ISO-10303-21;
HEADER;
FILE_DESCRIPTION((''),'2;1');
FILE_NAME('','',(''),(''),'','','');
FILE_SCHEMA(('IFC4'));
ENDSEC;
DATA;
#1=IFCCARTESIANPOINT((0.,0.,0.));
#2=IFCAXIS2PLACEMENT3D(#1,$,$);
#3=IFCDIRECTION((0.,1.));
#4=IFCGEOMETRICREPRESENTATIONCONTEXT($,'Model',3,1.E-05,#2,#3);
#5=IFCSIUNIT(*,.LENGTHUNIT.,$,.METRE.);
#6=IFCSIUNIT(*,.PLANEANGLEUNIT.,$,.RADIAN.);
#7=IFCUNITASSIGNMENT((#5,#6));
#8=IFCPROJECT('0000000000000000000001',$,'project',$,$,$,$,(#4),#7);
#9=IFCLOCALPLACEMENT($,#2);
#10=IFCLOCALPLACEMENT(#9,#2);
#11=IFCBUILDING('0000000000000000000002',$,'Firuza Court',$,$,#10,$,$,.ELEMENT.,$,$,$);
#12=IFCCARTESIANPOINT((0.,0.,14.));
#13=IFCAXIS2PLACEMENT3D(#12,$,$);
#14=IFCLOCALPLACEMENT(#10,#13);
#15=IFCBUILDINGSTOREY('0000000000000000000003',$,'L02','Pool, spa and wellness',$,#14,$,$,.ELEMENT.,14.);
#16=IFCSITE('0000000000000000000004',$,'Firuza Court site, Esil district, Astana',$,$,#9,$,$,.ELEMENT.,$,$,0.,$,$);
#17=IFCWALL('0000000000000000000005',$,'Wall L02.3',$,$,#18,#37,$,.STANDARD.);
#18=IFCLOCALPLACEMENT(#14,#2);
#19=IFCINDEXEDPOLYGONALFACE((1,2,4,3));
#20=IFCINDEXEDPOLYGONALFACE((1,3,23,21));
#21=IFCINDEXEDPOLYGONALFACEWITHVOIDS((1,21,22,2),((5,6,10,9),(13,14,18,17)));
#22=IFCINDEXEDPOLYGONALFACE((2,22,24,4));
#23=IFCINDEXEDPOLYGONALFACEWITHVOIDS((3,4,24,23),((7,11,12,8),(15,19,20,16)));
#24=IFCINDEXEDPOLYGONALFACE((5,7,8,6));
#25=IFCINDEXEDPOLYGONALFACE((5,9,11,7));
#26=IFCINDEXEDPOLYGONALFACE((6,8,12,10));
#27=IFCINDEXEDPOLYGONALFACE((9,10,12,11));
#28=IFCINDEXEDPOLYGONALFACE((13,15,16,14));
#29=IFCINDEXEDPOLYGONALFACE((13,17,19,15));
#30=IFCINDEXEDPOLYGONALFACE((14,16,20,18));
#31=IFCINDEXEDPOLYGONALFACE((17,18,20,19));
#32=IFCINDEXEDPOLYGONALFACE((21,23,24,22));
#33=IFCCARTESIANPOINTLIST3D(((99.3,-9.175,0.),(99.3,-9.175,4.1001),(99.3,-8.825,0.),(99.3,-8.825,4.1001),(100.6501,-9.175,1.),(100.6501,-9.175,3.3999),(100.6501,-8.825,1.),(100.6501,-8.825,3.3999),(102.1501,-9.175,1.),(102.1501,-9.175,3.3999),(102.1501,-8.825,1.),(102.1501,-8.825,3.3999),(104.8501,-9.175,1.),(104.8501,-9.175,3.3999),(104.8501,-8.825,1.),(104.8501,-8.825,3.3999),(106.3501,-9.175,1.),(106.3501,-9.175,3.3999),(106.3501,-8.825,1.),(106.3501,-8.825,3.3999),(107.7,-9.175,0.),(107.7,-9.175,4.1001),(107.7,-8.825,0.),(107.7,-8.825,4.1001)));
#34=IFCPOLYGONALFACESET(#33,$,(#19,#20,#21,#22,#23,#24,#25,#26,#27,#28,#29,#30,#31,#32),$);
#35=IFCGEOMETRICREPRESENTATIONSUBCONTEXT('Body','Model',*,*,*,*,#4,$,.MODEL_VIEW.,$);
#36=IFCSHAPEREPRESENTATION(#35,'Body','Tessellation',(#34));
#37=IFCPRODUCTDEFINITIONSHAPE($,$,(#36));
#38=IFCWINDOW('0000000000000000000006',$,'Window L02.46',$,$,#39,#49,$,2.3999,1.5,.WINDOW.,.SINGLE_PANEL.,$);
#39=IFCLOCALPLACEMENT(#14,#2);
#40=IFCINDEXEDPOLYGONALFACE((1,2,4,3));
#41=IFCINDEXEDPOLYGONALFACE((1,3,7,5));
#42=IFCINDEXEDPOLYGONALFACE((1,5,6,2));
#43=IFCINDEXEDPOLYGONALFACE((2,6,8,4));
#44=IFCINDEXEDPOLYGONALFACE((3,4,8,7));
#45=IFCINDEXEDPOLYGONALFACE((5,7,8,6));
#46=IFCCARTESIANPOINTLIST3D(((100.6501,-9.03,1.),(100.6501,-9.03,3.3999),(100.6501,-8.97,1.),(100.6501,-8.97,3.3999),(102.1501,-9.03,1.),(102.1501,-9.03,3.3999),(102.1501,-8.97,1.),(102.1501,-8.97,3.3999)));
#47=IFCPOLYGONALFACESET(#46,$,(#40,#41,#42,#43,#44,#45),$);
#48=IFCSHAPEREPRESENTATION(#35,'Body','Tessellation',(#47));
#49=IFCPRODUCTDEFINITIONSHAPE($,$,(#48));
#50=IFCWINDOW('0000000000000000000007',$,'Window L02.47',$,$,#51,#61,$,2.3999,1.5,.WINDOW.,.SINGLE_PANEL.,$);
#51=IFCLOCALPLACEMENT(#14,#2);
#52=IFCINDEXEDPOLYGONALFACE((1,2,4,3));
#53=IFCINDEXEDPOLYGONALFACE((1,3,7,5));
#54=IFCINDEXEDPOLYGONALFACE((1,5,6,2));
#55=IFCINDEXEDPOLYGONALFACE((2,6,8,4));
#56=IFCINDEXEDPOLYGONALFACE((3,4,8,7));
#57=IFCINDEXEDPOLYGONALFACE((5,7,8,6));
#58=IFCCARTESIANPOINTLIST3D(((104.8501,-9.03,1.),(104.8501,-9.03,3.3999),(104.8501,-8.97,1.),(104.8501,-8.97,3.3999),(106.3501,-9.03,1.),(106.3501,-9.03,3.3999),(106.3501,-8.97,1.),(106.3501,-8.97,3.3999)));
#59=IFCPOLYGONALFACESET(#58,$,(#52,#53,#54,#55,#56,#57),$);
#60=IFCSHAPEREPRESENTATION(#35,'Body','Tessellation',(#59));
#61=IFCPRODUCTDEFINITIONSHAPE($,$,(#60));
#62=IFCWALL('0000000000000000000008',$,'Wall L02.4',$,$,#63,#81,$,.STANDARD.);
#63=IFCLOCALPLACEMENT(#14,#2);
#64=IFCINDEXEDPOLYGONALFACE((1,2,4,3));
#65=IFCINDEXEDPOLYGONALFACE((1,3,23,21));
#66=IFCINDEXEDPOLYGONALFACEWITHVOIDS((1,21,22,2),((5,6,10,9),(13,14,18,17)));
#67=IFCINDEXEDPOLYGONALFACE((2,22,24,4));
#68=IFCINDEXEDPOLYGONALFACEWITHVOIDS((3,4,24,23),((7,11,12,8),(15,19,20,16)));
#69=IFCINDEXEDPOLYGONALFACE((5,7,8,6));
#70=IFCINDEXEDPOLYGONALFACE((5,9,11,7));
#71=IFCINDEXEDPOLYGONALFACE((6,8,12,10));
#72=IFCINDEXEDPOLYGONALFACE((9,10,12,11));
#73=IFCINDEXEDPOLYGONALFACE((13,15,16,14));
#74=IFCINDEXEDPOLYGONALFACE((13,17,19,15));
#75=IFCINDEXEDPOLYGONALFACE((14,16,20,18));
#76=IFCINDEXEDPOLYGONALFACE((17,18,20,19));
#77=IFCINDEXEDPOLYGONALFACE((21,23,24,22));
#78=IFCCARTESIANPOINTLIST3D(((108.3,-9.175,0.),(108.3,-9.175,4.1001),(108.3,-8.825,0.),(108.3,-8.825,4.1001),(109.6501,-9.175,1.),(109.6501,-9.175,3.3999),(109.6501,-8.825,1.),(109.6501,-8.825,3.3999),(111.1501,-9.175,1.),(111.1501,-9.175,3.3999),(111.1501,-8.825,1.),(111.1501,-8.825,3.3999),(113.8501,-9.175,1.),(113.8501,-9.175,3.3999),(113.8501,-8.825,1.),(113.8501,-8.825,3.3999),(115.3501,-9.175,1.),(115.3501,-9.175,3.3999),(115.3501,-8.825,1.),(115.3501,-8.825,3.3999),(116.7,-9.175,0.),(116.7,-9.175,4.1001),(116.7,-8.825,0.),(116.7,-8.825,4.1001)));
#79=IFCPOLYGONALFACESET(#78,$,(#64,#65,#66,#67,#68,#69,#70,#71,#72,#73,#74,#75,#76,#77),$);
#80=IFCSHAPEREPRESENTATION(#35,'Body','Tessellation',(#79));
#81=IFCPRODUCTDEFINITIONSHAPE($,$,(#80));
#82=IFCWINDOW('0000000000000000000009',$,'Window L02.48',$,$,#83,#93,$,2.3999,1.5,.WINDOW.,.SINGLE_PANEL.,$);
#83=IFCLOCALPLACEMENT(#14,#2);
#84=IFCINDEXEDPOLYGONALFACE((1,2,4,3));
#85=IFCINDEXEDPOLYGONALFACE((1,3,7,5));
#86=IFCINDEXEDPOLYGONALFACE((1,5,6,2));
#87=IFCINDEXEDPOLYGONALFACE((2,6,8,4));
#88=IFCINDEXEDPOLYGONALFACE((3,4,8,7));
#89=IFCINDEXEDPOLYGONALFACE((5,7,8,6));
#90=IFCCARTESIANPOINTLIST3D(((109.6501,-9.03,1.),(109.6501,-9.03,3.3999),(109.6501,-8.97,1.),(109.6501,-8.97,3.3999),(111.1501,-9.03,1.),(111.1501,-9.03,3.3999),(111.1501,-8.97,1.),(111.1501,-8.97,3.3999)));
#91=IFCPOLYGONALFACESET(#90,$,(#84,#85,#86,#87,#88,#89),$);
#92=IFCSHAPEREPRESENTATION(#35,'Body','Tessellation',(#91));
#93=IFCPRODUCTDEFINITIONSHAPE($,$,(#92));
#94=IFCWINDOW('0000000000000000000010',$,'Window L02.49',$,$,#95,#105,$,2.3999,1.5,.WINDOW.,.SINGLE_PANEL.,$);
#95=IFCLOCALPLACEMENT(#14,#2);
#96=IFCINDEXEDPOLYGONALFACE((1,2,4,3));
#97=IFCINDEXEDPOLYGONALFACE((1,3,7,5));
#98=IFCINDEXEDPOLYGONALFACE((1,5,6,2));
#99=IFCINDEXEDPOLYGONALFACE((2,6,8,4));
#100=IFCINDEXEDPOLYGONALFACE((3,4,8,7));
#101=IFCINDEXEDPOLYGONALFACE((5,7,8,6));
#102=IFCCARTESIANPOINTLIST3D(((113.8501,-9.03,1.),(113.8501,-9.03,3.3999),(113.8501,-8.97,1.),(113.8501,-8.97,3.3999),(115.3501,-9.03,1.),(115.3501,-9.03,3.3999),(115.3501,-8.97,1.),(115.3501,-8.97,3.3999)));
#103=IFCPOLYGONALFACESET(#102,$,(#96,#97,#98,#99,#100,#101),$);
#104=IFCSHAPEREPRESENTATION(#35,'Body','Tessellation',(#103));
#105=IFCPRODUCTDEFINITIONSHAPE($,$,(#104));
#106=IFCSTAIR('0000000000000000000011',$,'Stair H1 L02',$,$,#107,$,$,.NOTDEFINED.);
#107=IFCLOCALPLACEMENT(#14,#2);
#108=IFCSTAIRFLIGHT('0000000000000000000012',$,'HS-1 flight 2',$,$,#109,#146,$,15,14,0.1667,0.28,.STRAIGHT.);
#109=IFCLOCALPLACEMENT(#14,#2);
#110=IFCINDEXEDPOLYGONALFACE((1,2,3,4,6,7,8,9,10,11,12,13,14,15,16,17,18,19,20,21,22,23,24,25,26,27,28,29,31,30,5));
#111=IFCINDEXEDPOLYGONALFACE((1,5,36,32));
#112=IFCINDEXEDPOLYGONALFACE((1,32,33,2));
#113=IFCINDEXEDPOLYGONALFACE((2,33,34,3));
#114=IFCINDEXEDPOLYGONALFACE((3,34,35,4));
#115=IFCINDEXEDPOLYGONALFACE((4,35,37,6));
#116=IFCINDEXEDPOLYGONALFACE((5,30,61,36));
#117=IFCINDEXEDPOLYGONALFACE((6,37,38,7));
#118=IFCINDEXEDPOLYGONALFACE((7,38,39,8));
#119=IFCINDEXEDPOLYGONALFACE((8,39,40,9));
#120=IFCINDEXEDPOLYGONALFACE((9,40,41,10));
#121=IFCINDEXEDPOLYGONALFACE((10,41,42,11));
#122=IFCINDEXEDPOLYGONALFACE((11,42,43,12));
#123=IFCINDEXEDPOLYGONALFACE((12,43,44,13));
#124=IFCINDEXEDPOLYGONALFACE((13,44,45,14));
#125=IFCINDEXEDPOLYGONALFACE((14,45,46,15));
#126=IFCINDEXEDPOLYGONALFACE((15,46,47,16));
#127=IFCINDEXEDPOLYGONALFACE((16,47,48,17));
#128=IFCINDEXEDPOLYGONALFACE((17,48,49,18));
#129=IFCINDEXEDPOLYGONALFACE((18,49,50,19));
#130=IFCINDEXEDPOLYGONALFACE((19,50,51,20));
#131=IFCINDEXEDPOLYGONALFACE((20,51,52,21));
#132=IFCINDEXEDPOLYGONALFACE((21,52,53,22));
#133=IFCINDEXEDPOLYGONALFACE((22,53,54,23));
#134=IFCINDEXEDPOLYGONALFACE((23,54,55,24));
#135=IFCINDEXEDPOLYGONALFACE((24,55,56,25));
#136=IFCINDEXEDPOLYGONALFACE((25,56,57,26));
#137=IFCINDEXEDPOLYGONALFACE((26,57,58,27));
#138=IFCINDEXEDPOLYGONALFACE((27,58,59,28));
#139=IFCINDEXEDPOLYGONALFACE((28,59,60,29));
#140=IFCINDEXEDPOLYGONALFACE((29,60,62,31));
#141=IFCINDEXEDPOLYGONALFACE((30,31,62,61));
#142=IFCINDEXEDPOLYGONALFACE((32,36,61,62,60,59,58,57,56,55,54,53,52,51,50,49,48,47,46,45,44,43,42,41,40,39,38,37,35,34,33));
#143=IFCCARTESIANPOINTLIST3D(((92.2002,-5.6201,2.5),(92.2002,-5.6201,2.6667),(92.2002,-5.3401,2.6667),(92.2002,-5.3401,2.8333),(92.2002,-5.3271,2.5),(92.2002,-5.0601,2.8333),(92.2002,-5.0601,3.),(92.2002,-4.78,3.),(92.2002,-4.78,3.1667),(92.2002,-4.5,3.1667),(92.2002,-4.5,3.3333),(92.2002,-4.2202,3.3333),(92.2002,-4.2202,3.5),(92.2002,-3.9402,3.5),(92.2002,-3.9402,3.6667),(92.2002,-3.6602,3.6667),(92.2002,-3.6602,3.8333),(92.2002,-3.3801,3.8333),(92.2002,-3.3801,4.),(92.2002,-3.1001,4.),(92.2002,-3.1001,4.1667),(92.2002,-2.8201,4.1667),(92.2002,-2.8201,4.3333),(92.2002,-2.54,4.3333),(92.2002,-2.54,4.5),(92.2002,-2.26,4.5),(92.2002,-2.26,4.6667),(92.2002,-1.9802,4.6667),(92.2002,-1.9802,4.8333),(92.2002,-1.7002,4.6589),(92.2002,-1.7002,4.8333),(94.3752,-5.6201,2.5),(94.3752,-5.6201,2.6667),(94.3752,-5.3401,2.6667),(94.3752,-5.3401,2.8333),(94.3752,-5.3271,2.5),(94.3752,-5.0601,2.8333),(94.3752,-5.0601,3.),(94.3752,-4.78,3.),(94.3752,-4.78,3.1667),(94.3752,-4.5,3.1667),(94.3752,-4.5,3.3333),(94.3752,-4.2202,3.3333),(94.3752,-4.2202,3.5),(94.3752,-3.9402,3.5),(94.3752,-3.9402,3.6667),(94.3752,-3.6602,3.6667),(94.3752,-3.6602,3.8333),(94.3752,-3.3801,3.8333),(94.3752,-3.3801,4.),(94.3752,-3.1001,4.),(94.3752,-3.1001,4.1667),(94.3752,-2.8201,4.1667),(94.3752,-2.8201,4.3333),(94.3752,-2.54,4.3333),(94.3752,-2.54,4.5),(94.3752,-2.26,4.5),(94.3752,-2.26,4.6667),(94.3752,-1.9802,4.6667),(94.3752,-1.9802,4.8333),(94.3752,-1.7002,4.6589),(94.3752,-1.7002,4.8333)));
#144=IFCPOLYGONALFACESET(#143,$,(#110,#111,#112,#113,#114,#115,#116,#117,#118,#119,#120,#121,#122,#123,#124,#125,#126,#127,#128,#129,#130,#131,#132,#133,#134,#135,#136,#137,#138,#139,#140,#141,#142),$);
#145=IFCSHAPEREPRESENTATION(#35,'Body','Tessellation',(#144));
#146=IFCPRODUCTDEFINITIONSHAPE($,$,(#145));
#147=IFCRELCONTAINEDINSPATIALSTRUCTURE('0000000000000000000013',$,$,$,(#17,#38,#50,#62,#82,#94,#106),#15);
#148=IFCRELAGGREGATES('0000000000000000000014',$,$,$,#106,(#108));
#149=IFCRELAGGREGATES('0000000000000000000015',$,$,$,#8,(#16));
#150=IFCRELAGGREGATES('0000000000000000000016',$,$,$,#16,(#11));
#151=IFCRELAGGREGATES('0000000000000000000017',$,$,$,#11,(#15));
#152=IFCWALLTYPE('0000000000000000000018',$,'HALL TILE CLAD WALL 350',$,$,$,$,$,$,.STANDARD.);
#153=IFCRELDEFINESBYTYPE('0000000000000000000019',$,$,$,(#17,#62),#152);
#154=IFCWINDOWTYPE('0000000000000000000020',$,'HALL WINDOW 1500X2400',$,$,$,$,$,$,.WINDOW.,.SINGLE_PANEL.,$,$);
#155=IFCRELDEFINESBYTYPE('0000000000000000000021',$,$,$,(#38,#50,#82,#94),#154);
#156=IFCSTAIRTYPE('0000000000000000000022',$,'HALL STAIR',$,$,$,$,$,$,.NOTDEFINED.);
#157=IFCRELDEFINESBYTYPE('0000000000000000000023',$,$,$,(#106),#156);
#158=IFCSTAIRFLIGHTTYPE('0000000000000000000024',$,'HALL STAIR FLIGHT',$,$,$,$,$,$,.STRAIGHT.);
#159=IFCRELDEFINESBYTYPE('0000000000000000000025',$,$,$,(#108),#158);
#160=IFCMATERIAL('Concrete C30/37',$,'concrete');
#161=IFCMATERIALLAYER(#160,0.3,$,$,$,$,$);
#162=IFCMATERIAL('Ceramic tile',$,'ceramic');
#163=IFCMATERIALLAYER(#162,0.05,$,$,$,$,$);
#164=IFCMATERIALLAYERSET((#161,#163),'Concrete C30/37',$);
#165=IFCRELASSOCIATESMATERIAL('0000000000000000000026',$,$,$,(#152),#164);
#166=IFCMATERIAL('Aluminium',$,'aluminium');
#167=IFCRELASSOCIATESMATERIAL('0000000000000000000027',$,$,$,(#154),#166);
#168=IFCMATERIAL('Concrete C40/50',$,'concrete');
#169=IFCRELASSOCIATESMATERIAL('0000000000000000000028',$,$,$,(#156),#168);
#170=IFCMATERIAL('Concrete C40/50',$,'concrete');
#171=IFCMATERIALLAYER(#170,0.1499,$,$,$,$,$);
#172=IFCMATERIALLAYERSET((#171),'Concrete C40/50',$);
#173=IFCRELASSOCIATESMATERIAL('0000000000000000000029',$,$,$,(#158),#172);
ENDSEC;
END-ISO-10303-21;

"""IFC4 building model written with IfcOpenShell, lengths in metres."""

from ifc_helpers import new_model, si_unit, direction, frame, frame_2d, origin, place, context, subcontext, project, spatial, polyline, rectangle, outline, extrude, material, layer, layer_set, type_object, element, fill, aggregate, save


model = new_model("IFC4")

# Units and contexts
model_context = context("Model", 3, precision=1e-05, world=origin(), true_north=direction((0.0, 1.0)))
body_context = subcontext(model_context, "Body", "Model", "MODEL_VIEW")
ifc_project = project(units=[si_unit("LENGTHUNIT", "METRE"), si_unit("PLANEANGLEUNIT", "RADIAN")], contexts=[model_context])

# Site, building, storey
site_placement = place(None, origin())
site = spatial("IfcSite", under=ifc_project, at=site_placement, Name="Firuza Court site, Esil district, Astana", CompositionType="ELEMENT", RefElevation=0.0)
building_placement = place(site_placement, origin())
building = spatial("IfcBuilding", under=site, at=building_placement, Name="Firuza Court", CompositionType="ELEMENT")
storey_placement = place(building_placement, frame((0.0, 0.0, 14.0)))
storey = spatial("IfcBuildingStorey", under=building, at=storey_placement, Name="L02", Description="Pool, spa and wellness", CompositionType="ELEMENT", Elevation=14.0)

# Shared definitions
ifc_material_1 = material(Name="Concrete C40/50", Category="concrete")

# Shared definitions
ifc_material_2 = material(Name="Concrete C30/37", Category="concrete")
ifc_layer_1 = layer(ifc_material_2, 0.3)
ifc_material_3 = material(Name="Ceramic tile", Category="ceramic")
ifc_layer_2 = layer(ifc_material_3, 0.05)
ifc_layer_set_1 = layer_set([ifc_layer_1, ifc_layer_2], Name="Concrete C30/37")
wall_type_1 = type_object("IfcWallType", Name="HALL TILE CLAD WALL 350", PredefinedType="STANDARD", material=ifc_layer_set_1)

# Shared definitions
ifc_material_4 = material(Name="Aluminium", Category="aluminium")
window_type = type_object("IfcWindowType", Name="HALL WINDOW 1500X2400", PartitioningType="SINGLE_PANEL", PredefinedType="WINDOW", material=ifc_material_4)

# Walls, openings, windows
wall_1_placement = place(storey_placement, frame((99.3, -9.0, 0.0), z_axis=(0.0, 0.0, 1.0), x_axis=(1.0, 0.0, 0.0)))
wall_1 = element("IfcWall", 1, at=wall_1_placement, inside=storey, type_object=wall_type_1, Name="Wall L02.3", PredefinedType="STANDARD", context=body_context, shape_type="SweptSolid", body=[
    extrude(rectangle(XDim=8.3999, YDim=0.3501, at=frame_2d((4.2, 0.0))), origin(), (0.0, 0.0, 1.0), 4.1001),
])
opening_1_placement = place(wall_1_placement, frame((1.3501, 0.0, 1.0)))
opening_1 = element("IfcOpeningElement", 2, at=opening_1_placement, cuts=wall_1, PredefinedType="OPENING", context=body_context, shape_type="SweptSolid", body=[
    extrude(rectangle(XDim=1.5, YDim=2.3999, at=frame_2d((0.75, 1.2))), frame((0.0, 0.187, 0.0), z_axis=(0.0, -1.0, 0.0), x_axis=(1.0, 0.0, 0.0)), (0.0, 0.0, 1.0), 0.374),
])
opening_2_placement = place(wall_1_placement, frame((5.55, 0.0, 1.0)))
opening_2 = element("IfcOpeningElement", 3, at=opening_2_placement, cuts=wall_1, PredefinedType="OPENING", context=body_context, shape_type="SweptSolid", body=[
    extrude(rectangle(XDim=1.5, YDim=2.3999, at=frame_2d((0.75, 1.2))), frame((0.0, 0.187, 0.0), z_axis=(0.0, -1.0, 0.0), x_axis=(1.0, 0.0, 0.0)), (0.0, 0.0, 1.0), 0.374),
])
window_1_placement = place(opening_1_placement, origin())
window_1 = element("IfcWindow", 4, at=window_1_placement, inside=storey, type_object=window_type, Name="Window L02.46", OverallHeight=2.3999, OverallWidth=1.5, PartitioningType="SINGLE_PANEL", PredefinedType="WINDOW", context=body_context, shape_type="SweptSolid", body=[
    extrude(rectangle(XDim=1.5, YDim=2.3999, at=frame_2d((0.75, 1.2))), frame((0.0, 0.03, 0.0), z_axis=(0.0, -1.0, 0.0), x_axis=(1.0, 0.0, 0.0)), (0.0, 0.0, 1.0), 0.0601),
])
fill(opening_1, window_1)
window_2_placement = place(opening_2_placement, origin())
window_2 = element("IfcWindow", 5, at=window_2_placement, inside=storey, type_object=window_type, Name="Window L02.47", OverallHeight=2.3999, OverallWidth=1.5, PartitioningType="SINGLE_PANEL", PredefinedType="WINDOW", context=body_context, shape_type="SweptSolid", body=[
    extrude(rectangle(XDim=1.5, YDim=2.3999, at=frame_2d((0.75, 1.2))), frame((0.0, 0.03, 0.0), z_axis=(0.0, -1.0, 0.0), x_axis=(1.0, 0.0, 0.0)), (0.0, 0.0, 1.0), 0.0601),
])
fill(opening_2, window_2)
wall_2_placement = place(storey_placement, frame((108.3, -9.0, 0.0), z_axis=(0.0, 0.0, 1.0), x_axis=(1.0, 0.0, 0.0)))
wall_2 = element("IfcWall", 6, at=wall_2_placement, inside=storey, type_object=wall_type_1, Name="Wall L02.4", PredefinedType="STANDARD", context=body_context, shape_type="SweptSolid", body=[
    extrude(rectangle(XDim=8.3999, YDim=0.3501, at=frame_2d((4.2, 0.0))), origin(), (0.0, 0.0, 1.0), 4.1001),
])
opening_3_placement = place(wall_2_placement, frame((1.3501, 0.0, 1.0)))
opening_3 = element("IfcOpeningElement", 7, at=opening_3_placement, cuts=wall_2, PredefinedType="OPENING", context=body_context, shape_type="SweptSolid", body=[
    extrude(rectangle(XDim=1.5, YDim=2.3999, at=frame_2d((0.75, 1.2))), frame((0.0, 0.187, 0.0), z_axis=(0.0, -1.0, 0.0), x_axis=(1.0, 0.0, 0.0)), (0.0, 0.0, 1.0), 0.374),
])
opening_4_placement = place(wall_2_placement, frame((5.55, 0.0, 1.0)))
opening_4 = element("IfcOpeningElement", 8, at=opening_4_placement, cuts=wall_2, PredefinedType="OPENING", context=body_context, shape_type="SweptSolid", body=[
    extrude(rectangle(XDim=1.5, YDim=2.3999, at=frame_2d((0.75, 1.2))), frame((0.0, 0.187, 0.0), z_axis=(0.0, -1.0, 0.0), x_axis=(1.0, 0.0, 0.0)), (0.0, 0.0, 1.0), 0.374),
])
window_3_placement = place(opening_3_placement, origin())
window_3 = element("IfcWindow", 9, at=window_3_placement, inside=storey, type_object=window_type, Name="Window L02.48", OverallHeight=2.3999, OverallWidth=1.5, PartitioningType="SINGLE_PANEL", PredefinedType="WINDOW", context=body_context, shape_type="SweptSolid", body=[
    extrude(rectangle(XDim=1.5, YDim=2.3999, at=frame_2d((0.75, 1.2))), frame((0.0, 0.03, 0.0), z_axis=(0.0, -1.0, 0.0), x_axis=(1.0, 0.0, 0.0)), (0.0, 0.0, 1.0), 0.0601),
])
fill(opening_3, window_3)
window_4_placement = place(opening_4_placement, origin())
window_4 = element("IfcWindow", 10, at=window_4_placement, inside=storey, type_object=window_type, Name="Window L02.49", OverallHeight=2.3999, OverallWidth=1.5, PartitioningType="SINGLE_PANEL", PredefinedType="WINDOW", context=body_context, shape_type="SweptSolid", body=[
    extrude(rectangle(XDim=1.5, YDim=2.3999, at=frame_2d((0.75, 1.2))), frame((0.0, 0.03, 0.0), z_axis=(0.0, -1.0, 0.0), x_axis=(1.0, 0.0, 0.0)), (0.0, 0.0, 1.0), 0.0601),
])
fill(opening_4, window_4)

# Stair, stair flight
ifc_material_5 = material(Name="Concrete C40/50", Category="concrete")
stair_type = type_object("IfcStairType", Name="HALL STAIR", PredefinedType="NOTDEFINED", material=ifc_material_5)
stair_placement = place(storey_placement, origin())
stair = element("IfcStair", 11, at=stair_placement, inside=storey, type_object=stair_type, Name="Stair H1 L02", PredefinedType="NOTDEFINED")
ifc_layer_3 = layer(ifc_material_1, 0.1499)
ifc_layer_set_2 = layer_set([ifc_layer_3], Name="Concrete C40/50")
stair_flight_type = type_object("IfcStairFlightType", Name="HALL STAIR FLIGHT", PredefinedType="STRAIGHT", material=ifc_layer_set_2)
stair_flight_placement = place(storey_placement, frame((93.2876, -5.6201, 2.5), z_axis=(0.0, 0.0, 1.0), x_axis=(0.0, 1.0, 0.0)))
stair_flight = element("IfcStairFlight", 12, at=stair_flight_placement, type_object=stair_flight_type, Name="HS-1 flight 2", NumberOfRisers=15, NumberOfTreads=14, PredefinedType="STRAIGHT", RiserHeight=0.1667, TreadLength=0.28, context=body_context, shape_type="SweptSolid", body=[
    extrude(outline(polyline([(0.0, 0.0), (0.0, 0.1667), (0.28, 0.1667), (0.28, 0.3333), (0.5601, 0.3333), (0.5601, 0.5), (0.8401, 0.5), (0.8401, 0.6667), (1.1201, 0.6667), (1.1201, 0.8333), (1.3999, 0.8333), (1.3999, 1.0), (1.6799, 1.0), (1.6799, 1.1667), (1.96, 1.1667), (1.96, 1.3333), (2.24, 1.3333), (2.24, 1.5), (2.52, 1.5), (2.52, 1.6667), (2.8, 1.6667), (2.8, 1.8333), (3.0801, 1.8333), (3.0801, 2.0), (3.3601, 2.0), (3.3601, 2.1667), (3.6399, 2.1667), (3.6399, 2.3333), (3.9199, 2.3333), (3.9199, 2.5), (3.9199, 2.1589), (0.293, 0.0), (0.0, 0.0)])), frame((0.0, 1.0874, 0.0), z_axis=(0.0, -1.0, 0.0), x_axis=(1.0, 0.0, 0.0)), (0.0, 0.0, 1.0), 2.175),
])
aggregate(stair, [stair_flight])

save(model, "model.ifc")
